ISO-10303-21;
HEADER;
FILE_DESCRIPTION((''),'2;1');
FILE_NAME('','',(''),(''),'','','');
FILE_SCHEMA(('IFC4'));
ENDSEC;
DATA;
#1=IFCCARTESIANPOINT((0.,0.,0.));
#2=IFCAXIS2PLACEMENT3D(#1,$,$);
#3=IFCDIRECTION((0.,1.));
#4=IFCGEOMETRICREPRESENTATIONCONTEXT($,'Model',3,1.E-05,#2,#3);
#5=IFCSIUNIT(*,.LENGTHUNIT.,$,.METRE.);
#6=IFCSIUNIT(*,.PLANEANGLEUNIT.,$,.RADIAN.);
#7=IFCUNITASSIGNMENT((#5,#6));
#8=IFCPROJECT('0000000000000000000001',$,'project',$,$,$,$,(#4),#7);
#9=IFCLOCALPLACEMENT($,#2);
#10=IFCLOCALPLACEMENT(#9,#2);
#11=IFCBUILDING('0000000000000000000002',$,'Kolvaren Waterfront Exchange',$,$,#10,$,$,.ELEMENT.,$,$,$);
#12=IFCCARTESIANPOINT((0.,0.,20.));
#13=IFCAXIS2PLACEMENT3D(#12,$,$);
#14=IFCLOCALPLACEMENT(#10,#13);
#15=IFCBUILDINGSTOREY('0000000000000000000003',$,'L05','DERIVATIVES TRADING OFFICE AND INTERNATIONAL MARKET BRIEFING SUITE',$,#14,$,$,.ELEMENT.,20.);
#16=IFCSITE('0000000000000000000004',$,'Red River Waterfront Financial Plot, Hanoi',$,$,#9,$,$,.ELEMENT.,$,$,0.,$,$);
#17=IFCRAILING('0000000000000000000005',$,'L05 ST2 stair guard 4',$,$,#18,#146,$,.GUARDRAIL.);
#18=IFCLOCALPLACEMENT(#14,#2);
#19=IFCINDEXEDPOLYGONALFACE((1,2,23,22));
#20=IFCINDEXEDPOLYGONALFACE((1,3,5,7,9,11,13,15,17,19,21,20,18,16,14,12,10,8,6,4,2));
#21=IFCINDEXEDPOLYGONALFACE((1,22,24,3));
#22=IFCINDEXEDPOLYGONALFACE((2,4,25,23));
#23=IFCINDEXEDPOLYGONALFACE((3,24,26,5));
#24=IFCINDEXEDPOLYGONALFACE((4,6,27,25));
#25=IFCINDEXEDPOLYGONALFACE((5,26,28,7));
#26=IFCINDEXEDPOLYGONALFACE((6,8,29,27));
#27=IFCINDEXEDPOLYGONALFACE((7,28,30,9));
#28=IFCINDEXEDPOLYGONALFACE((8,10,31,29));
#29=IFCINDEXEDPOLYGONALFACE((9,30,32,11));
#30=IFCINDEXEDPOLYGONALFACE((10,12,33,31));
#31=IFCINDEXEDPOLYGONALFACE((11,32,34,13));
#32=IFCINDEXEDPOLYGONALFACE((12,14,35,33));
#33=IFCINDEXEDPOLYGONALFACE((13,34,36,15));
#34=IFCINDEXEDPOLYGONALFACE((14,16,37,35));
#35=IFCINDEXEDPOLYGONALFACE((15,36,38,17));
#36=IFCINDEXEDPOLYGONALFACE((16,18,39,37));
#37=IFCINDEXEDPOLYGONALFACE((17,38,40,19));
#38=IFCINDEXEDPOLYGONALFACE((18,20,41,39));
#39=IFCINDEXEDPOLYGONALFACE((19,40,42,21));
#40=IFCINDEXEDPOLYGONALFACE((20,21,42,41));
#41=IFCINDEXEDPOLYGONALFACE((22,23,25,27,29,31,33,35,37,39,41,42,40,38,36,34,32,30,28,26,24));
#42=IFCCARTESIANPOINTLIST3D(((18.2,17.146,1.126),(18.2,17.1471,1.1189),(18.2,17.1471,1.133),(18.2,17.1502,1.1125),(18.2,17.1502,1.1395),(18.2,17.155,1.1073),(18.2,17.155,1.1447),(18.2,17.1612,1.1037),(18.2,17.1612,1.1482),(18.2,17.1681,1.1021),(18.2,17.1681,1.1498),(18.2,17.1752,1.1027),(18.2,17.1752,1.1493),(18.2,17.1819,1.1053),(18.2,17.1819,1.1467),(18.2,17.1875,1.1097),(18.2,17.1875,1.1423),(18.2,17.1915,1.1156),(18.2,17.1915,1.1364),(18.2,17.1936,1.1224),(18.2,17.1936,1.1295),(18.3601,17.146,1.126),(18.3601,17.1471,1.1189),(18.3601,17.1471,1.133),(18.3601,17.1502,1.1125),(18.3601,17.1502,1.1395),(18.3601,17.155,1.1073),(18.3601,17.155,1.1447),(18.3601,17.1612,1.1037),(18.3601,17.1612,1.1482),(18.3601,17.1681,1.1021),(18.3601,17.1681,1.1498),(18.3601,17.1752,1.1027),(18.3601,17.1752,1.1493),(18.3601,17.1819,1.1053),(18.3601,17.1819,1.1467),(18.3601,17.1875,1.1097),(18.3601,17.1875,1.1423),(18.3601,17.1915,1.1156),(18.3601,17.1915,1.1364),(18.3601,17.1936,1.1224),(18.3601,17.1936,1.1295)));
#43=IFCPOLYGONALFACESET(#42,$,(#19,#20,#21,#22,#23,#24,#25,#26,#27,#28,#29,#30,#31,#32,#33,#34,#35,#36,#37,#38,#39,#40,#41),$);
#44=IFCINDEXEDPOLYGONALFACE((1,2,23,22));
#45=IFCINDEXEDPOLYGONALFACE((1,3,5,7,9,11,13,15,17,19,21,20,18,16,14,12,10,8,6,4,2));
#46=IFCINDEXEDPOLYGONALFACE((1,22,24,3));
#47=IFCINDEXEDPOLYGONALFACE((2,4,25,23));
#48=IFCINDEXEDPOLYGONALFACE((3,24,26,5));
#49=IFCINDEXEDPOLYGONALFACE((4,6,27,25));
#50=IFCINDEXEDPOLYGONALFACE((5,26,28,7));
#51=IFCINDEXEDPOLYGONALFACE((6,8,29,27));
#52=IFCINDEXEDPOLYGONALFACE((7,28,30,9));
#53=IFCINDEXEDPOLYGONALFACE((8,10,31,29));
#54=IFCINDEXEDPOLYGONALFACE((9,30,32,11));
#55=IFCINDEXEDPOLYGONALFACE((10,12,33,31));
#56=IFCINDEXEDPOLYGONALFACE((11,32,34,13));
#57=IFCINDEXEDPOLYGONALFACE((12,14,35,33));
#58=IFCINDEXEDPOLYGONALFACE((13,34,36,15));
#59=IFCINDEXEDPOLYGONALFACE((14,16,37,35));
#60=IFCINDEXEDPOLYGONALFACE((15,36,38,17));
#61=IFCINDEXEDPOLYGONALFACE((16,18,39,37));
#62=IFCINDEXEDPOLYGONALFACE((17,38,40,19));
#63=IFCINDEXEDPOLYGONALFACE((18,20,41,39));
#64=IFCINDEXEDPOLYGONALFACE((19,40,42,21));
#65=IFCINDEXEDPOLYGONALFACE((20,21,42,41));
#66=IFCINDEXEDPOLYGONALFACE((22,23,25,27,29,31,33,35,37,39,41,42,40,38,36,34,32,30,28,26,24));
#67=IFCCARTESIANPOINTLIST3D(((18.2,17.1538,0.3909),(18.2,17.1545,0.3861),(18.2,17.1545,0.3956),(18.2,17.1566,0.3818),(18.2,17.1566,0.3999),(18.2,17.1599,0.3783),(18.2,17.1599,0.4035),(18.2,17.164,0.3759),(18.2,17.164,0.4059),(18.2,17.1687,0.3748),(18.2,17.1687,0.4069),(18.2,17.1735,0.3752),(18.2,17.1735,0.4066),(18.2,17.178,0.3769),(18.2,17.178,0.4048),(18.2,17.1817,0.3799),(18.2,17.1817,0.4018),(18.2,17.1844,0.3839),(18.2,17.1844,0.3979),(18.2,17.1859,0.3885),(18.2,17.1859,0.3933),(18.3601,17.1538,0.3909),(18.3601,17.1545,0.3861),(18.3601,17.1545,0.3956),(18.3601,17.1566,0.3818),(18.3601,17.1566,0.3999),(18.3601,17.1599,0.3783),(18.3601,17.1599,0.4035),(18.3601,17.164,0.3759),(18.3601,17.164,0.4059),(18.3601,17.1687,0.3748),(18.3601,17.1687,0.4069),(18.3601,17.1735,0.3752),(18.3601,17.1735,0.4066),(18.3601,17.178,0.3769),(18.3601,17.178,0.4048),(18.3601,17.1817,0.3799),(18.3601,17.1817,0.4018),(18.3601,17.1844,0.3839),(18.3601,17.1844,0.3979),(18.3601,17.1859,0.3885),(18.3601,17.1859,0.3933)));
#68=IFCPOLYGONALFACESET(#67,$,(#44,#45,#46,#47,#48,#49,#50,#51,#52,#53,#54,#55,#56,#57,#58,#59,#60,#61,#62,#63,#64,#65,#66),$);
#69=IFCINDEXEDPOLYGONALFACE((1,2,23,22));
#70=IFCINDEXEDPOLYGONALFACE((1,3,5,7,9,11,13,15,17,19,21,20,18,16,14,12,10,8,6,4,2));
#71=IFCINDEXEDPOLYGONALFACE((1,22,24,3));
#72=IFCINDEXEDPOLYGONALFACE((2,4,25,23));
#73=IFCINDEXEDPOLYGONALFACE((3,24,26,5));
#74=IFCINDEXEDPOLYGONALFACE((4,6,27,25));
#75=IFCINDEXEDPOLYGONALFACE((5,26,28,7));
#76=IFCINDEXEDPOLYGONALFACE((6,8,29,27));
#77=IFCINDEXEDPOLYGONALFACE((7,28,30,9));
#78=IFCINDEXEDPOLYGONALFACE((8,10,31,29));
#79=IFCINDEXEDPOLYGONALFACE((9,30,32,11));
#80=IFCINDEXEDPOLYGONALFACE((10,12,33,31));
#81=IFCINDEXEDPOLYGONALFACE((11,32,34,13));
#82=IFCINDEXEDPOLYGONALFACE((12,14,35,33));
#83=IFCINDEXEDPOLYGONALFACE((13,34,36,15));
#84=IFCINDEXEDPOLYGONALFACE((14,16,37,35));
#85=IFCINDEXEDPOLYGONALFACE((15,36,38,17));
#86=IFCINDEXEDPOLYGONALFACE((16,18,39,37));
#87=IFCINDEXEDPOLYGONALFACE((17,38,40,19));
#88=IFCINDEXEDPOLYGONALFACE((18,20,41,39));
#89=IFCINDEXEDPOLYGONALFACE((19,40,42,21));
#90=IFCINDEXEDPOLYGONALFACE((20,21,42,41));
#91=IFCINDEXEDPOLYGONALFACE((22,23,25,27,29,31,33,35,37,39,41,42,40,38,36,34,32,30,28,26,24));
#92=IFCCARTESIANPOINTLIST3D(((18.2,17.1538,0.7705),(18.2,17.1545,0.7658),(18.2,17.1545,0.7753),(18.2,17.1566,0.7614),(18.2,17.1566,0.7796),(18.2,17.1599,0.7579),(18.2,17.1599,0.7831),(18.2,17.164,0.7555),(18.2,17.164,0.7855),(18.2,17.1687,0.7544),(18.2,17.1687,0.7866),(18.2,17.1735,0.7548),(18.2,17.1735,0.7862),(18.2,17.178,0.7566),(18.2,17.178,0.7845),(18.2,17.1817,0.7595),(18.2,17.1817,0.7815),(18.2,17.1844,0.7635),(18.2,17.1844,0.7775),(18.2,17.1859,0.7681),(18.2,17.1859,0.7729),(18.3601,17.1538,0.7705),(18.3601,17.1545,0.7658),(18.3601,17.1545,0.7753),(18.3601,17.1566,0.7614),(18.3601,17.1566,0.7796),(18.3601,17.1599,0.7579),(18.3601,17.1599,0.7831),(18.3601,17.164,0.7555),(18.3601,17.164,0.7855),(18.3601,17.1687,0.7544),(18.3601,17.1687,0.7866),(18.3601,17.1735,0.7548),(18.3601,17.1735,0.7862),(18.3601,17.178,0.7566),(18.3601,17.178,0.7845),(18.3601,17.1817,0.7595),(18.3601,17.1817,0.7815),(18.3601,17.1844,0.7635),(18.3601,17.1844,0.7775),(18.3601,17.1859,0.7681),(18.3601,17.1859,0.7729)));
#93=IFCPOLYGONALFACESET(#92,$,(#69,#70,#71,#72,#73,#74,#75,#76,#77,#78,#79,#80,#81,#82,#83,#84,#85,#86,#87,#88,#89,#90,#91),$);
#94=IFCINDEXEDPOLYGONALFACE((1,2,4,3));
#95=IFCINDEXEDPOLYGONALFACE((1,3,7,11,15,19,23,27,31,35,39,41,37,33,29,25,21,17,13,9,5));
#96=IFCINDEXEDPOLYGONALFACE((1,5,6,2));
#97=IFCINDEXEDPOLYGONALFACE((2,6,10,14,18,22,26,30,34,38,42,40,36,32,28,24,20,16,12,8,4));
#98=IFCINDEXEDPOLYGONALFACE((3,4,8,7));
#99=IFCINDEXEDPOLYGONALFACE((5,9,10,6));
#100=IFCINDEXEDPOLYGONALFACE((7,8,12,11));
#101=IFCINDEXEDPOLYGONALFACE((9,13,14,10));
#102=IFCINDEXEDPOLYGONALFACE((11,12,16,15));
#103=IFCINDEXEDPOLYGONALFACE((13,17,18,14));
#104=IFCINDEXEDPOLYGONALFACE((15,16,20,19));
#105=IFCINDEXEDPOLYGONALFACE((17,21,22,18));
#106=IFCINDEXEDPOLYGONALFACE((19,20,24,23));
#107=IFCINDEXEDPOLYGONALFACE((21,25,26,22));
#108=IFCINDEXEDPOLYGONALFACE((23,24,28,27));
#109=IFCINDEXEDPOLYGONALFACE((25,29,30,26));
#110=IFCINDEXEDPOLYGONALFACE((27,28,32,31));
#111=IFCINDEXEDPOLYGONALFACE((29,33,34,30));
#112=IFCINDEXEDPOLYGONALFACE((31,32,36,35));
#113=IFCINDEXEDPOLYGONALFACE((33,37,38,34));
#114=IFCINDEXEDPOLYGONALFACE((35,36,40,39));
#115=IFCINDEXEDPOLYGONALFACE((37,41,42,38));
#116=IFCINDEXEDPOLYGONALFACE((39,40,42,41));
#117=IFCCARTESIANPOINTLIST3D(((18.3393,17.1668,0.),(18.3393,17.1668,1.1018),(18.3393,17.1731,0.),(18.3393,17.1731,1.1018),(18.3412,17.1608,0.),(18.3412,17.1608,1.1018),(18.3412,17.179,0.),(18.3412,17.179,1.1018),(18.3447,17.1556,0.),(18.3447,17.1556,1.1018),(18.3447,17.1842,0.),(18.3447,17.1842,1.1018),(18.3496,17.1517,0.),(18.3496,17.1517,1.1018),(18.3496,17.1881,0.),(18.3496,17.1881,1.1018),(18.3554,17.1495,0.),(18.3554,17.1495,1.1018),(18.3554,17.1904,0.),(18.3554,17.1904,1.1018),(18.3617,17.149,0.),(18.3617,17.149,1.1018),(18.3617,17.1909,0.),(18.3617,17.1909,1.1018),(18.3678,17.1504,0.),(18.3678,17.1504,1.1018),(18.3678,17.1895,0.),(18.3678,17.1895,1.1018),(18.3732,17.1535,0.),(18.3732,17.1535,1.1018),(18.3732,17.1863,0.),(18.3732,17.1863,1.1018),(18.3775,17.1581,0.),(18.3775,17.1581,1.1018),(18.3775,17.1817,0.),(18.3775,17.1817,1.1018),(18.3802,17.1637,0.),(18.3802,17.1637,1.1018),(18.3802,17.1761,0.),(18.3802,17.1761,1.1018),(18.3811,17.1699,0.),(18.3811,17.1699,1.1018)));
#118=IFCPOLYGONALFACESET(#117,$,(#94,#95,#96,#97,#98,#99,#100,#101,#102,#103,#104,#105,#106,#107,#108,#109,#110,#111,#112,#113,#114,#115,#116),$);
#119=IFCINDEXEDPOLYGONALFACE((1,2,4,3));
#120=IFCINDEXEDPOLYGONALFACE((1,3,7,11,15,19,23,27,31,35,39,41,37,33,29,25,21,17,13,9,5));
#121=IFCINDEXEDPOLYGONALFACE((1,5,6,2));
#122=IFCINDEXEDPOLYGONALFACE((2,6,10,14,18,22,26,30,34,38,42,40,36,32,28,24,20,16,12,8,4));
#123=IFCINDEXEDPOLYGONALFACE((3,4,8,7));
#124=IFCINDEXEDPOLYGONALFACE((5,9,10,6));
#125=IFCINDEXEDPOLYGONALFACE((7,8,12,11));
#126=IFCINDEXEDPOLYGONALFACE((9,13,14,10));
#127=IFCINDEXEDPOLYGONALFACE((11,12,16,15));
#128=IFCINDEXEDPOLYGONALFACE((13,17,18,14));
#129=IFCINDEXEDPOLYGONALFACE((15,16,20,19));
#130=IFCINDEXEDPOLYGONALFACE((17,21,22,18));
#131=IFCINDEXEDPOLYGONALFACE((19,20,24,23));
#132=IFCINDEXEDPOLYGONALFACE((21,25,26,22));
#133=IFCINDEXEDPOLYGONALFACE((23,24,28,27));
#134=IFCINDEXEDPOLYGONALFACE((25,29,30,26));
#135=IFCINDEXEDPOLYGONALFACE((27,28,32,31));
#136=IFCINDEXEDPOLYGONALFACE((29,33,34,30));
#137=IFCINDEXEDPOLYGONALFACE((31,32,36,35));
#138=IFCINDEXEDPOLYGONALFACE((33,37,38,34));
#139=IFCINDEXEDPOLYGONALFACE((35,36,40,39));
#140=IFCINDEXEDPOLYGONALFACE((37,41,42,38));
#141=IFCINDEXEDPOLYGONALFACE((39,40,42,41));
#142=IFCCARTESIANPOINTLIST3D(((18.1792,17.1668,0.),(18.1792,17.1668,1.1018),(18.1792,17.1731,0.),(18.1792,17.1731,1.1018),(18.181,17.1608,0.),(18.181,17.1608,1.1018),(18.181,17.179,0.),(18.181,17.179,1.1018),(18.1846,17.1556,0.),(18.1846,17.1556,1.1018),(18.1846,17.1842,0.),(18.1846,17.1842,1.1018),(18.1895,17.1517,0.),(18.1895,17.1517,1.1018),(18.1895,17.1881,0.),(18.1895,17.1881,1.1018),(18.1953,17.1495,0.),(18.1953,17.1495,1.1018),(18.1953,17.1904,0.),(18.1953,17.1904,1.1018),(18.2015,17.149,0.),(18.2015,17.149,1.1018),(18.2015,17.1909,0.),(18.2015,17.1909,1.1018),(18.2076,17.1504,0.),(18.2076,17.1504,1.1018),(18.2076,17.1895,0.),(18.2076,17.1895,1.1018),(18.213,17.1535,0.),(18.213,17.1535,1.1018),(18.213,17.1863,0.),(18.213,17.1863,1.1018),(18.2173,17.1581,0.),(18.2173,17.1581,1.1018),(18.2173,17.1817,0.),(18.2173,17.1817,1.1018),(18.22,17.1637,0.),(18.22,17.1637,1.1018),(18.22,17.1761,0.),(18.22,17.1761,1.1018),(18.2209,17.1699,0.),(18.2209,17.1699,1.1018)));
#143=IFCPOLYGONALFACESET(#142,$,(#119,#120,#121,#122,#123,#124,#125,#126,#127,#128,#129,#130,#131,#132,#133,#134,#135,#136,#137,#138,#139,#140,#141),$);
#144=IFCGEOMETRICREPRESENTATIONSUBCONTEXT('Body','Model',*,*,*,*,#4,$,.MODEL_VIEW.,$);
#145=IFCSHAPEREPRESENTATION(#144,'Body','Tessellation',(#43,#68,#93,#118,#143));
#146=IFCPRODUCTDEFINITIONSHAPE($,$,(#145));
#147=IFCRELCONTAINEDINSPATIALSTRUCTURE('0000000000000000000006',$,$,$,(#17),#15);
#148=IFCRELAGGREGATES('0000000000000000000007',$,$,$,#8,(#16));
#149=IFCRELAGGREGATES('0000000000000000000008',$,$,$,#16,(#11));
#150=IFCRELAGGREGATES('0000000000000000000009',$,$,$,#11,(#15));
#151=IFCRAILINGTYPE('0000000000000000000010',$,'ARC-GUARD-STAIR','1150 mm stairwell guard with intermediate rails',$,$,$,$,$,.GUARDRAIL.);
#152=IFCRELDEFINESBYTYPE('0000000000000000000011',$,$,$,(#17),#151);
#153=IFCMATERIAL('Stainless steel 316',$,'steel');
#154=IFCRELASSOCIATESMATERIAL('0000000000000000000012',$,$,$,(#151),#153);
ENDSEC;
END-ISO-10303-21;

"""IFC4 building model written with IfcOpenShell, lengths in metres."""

from ifc_helpers import new_model, si_unit, direction, frame, origin, origin_2d, place, context, subcontext, project, spatial, circle, extrude, material, type_object, element, save


model = new_model("IFC4")

# Units and contexts
model_context = context("Model", 3, precision=1e-05, world=origin(), true_north=direction((0.0, 1.0)))
body_context = subcontext(model_context, "Body", "Model", "MODEL_VIEW")
ifc_project = project(units=[si_unit("LENGTHUNIT", "METRE"), si_unit("PLANEANGLEUNIT", "RADIAN")], contexts=[model_context])

# Site, building, storey
site_placement = place(None, origin())
site = spatial("IfcSite", under=ifc_project, at=site_placement, Name="Red River Waterfront Financial Plot, Hanoi", CompositionType="ELEMENT", RefElevation=0.0)
building_placement = place(site_placement, origin())
building = spatial("IfcBuilding", under=site, at=building_placement, Name="Kolvaren Waterfront Exchange", CompositionType="ELEMENT")
storey_placement = place(building_placement, frame((0.0, 0.0, 20.0)))
storey = spatial("IfcBuildingStorey", under=building, at=storey_placement, Name="L05", Description="DERIVATIVES TRADING OFFICE AND INTERNATIONAL MARKET BRIEFING SUITE", CompositionType="ELEMENT", Elevation=20.0)

# Railing
ifc_material_1 = material(Name="Stainless steel 316", Category="steel")
railing_type_1 = type_object("IfcRailingType", Name="ARC-GUARD-STAIR", Description="1150 mm stairwell guard with intermediate rails", PredefinedType="GUARDRAIL", material=ifc_material_1)
railing_1_placement = place(storey_placement, frame((18.3601, 17.1699, 0.0)))
element("IfcRailing", 1, at=railing_1_placement, inside=storey, type_object=railing_type_1, Name="L05 ST2 stair guard 4", PredefinedType="GUARDRAIL", context=body_context, shape_type="SweptSolid", body=[
    extrude(circle(Radius=0.0239, at=origin_2d()), frame((0.0, 0.0, 1.126), z_axis=(-1.0, 0.0, 0.0), x_axis=(0.0, -1.0, 0.0)), (0.0, 0.0, 1.0), 0.1602),
    extrude(circle(Radius=0.0161, at=origin_2d()), frame((0.0, 0.0, 0.3909), z_axis=(-1.0, 0.0, 0.0), x_axis=(0.0, -1.0, 0.0)), (0.0, 0.0, 1.0), 0.1602),
    extrude(circle(Radius=0.0161, at=origin_2d()), frame((0.0, 0.0, 0.7705), z_axis=(-1.0, 0.0, 0.0), x_axis=(0.0, -1.0, 0.0)), (0.0, 0.0, 1.0), 0.1602),
    extrude(circle(Radius=0.021, at=origin_2d()), origin(), (0.0, 0.0, 1.0), 1.1018),
    extrude(circle(Radius=0.021, at=origin_2d()), frame((-0.1602, 0.0, 0.0)), (0.0, 0.0, 1.0), 1.1018),
])

save(model, "model.ifc")
